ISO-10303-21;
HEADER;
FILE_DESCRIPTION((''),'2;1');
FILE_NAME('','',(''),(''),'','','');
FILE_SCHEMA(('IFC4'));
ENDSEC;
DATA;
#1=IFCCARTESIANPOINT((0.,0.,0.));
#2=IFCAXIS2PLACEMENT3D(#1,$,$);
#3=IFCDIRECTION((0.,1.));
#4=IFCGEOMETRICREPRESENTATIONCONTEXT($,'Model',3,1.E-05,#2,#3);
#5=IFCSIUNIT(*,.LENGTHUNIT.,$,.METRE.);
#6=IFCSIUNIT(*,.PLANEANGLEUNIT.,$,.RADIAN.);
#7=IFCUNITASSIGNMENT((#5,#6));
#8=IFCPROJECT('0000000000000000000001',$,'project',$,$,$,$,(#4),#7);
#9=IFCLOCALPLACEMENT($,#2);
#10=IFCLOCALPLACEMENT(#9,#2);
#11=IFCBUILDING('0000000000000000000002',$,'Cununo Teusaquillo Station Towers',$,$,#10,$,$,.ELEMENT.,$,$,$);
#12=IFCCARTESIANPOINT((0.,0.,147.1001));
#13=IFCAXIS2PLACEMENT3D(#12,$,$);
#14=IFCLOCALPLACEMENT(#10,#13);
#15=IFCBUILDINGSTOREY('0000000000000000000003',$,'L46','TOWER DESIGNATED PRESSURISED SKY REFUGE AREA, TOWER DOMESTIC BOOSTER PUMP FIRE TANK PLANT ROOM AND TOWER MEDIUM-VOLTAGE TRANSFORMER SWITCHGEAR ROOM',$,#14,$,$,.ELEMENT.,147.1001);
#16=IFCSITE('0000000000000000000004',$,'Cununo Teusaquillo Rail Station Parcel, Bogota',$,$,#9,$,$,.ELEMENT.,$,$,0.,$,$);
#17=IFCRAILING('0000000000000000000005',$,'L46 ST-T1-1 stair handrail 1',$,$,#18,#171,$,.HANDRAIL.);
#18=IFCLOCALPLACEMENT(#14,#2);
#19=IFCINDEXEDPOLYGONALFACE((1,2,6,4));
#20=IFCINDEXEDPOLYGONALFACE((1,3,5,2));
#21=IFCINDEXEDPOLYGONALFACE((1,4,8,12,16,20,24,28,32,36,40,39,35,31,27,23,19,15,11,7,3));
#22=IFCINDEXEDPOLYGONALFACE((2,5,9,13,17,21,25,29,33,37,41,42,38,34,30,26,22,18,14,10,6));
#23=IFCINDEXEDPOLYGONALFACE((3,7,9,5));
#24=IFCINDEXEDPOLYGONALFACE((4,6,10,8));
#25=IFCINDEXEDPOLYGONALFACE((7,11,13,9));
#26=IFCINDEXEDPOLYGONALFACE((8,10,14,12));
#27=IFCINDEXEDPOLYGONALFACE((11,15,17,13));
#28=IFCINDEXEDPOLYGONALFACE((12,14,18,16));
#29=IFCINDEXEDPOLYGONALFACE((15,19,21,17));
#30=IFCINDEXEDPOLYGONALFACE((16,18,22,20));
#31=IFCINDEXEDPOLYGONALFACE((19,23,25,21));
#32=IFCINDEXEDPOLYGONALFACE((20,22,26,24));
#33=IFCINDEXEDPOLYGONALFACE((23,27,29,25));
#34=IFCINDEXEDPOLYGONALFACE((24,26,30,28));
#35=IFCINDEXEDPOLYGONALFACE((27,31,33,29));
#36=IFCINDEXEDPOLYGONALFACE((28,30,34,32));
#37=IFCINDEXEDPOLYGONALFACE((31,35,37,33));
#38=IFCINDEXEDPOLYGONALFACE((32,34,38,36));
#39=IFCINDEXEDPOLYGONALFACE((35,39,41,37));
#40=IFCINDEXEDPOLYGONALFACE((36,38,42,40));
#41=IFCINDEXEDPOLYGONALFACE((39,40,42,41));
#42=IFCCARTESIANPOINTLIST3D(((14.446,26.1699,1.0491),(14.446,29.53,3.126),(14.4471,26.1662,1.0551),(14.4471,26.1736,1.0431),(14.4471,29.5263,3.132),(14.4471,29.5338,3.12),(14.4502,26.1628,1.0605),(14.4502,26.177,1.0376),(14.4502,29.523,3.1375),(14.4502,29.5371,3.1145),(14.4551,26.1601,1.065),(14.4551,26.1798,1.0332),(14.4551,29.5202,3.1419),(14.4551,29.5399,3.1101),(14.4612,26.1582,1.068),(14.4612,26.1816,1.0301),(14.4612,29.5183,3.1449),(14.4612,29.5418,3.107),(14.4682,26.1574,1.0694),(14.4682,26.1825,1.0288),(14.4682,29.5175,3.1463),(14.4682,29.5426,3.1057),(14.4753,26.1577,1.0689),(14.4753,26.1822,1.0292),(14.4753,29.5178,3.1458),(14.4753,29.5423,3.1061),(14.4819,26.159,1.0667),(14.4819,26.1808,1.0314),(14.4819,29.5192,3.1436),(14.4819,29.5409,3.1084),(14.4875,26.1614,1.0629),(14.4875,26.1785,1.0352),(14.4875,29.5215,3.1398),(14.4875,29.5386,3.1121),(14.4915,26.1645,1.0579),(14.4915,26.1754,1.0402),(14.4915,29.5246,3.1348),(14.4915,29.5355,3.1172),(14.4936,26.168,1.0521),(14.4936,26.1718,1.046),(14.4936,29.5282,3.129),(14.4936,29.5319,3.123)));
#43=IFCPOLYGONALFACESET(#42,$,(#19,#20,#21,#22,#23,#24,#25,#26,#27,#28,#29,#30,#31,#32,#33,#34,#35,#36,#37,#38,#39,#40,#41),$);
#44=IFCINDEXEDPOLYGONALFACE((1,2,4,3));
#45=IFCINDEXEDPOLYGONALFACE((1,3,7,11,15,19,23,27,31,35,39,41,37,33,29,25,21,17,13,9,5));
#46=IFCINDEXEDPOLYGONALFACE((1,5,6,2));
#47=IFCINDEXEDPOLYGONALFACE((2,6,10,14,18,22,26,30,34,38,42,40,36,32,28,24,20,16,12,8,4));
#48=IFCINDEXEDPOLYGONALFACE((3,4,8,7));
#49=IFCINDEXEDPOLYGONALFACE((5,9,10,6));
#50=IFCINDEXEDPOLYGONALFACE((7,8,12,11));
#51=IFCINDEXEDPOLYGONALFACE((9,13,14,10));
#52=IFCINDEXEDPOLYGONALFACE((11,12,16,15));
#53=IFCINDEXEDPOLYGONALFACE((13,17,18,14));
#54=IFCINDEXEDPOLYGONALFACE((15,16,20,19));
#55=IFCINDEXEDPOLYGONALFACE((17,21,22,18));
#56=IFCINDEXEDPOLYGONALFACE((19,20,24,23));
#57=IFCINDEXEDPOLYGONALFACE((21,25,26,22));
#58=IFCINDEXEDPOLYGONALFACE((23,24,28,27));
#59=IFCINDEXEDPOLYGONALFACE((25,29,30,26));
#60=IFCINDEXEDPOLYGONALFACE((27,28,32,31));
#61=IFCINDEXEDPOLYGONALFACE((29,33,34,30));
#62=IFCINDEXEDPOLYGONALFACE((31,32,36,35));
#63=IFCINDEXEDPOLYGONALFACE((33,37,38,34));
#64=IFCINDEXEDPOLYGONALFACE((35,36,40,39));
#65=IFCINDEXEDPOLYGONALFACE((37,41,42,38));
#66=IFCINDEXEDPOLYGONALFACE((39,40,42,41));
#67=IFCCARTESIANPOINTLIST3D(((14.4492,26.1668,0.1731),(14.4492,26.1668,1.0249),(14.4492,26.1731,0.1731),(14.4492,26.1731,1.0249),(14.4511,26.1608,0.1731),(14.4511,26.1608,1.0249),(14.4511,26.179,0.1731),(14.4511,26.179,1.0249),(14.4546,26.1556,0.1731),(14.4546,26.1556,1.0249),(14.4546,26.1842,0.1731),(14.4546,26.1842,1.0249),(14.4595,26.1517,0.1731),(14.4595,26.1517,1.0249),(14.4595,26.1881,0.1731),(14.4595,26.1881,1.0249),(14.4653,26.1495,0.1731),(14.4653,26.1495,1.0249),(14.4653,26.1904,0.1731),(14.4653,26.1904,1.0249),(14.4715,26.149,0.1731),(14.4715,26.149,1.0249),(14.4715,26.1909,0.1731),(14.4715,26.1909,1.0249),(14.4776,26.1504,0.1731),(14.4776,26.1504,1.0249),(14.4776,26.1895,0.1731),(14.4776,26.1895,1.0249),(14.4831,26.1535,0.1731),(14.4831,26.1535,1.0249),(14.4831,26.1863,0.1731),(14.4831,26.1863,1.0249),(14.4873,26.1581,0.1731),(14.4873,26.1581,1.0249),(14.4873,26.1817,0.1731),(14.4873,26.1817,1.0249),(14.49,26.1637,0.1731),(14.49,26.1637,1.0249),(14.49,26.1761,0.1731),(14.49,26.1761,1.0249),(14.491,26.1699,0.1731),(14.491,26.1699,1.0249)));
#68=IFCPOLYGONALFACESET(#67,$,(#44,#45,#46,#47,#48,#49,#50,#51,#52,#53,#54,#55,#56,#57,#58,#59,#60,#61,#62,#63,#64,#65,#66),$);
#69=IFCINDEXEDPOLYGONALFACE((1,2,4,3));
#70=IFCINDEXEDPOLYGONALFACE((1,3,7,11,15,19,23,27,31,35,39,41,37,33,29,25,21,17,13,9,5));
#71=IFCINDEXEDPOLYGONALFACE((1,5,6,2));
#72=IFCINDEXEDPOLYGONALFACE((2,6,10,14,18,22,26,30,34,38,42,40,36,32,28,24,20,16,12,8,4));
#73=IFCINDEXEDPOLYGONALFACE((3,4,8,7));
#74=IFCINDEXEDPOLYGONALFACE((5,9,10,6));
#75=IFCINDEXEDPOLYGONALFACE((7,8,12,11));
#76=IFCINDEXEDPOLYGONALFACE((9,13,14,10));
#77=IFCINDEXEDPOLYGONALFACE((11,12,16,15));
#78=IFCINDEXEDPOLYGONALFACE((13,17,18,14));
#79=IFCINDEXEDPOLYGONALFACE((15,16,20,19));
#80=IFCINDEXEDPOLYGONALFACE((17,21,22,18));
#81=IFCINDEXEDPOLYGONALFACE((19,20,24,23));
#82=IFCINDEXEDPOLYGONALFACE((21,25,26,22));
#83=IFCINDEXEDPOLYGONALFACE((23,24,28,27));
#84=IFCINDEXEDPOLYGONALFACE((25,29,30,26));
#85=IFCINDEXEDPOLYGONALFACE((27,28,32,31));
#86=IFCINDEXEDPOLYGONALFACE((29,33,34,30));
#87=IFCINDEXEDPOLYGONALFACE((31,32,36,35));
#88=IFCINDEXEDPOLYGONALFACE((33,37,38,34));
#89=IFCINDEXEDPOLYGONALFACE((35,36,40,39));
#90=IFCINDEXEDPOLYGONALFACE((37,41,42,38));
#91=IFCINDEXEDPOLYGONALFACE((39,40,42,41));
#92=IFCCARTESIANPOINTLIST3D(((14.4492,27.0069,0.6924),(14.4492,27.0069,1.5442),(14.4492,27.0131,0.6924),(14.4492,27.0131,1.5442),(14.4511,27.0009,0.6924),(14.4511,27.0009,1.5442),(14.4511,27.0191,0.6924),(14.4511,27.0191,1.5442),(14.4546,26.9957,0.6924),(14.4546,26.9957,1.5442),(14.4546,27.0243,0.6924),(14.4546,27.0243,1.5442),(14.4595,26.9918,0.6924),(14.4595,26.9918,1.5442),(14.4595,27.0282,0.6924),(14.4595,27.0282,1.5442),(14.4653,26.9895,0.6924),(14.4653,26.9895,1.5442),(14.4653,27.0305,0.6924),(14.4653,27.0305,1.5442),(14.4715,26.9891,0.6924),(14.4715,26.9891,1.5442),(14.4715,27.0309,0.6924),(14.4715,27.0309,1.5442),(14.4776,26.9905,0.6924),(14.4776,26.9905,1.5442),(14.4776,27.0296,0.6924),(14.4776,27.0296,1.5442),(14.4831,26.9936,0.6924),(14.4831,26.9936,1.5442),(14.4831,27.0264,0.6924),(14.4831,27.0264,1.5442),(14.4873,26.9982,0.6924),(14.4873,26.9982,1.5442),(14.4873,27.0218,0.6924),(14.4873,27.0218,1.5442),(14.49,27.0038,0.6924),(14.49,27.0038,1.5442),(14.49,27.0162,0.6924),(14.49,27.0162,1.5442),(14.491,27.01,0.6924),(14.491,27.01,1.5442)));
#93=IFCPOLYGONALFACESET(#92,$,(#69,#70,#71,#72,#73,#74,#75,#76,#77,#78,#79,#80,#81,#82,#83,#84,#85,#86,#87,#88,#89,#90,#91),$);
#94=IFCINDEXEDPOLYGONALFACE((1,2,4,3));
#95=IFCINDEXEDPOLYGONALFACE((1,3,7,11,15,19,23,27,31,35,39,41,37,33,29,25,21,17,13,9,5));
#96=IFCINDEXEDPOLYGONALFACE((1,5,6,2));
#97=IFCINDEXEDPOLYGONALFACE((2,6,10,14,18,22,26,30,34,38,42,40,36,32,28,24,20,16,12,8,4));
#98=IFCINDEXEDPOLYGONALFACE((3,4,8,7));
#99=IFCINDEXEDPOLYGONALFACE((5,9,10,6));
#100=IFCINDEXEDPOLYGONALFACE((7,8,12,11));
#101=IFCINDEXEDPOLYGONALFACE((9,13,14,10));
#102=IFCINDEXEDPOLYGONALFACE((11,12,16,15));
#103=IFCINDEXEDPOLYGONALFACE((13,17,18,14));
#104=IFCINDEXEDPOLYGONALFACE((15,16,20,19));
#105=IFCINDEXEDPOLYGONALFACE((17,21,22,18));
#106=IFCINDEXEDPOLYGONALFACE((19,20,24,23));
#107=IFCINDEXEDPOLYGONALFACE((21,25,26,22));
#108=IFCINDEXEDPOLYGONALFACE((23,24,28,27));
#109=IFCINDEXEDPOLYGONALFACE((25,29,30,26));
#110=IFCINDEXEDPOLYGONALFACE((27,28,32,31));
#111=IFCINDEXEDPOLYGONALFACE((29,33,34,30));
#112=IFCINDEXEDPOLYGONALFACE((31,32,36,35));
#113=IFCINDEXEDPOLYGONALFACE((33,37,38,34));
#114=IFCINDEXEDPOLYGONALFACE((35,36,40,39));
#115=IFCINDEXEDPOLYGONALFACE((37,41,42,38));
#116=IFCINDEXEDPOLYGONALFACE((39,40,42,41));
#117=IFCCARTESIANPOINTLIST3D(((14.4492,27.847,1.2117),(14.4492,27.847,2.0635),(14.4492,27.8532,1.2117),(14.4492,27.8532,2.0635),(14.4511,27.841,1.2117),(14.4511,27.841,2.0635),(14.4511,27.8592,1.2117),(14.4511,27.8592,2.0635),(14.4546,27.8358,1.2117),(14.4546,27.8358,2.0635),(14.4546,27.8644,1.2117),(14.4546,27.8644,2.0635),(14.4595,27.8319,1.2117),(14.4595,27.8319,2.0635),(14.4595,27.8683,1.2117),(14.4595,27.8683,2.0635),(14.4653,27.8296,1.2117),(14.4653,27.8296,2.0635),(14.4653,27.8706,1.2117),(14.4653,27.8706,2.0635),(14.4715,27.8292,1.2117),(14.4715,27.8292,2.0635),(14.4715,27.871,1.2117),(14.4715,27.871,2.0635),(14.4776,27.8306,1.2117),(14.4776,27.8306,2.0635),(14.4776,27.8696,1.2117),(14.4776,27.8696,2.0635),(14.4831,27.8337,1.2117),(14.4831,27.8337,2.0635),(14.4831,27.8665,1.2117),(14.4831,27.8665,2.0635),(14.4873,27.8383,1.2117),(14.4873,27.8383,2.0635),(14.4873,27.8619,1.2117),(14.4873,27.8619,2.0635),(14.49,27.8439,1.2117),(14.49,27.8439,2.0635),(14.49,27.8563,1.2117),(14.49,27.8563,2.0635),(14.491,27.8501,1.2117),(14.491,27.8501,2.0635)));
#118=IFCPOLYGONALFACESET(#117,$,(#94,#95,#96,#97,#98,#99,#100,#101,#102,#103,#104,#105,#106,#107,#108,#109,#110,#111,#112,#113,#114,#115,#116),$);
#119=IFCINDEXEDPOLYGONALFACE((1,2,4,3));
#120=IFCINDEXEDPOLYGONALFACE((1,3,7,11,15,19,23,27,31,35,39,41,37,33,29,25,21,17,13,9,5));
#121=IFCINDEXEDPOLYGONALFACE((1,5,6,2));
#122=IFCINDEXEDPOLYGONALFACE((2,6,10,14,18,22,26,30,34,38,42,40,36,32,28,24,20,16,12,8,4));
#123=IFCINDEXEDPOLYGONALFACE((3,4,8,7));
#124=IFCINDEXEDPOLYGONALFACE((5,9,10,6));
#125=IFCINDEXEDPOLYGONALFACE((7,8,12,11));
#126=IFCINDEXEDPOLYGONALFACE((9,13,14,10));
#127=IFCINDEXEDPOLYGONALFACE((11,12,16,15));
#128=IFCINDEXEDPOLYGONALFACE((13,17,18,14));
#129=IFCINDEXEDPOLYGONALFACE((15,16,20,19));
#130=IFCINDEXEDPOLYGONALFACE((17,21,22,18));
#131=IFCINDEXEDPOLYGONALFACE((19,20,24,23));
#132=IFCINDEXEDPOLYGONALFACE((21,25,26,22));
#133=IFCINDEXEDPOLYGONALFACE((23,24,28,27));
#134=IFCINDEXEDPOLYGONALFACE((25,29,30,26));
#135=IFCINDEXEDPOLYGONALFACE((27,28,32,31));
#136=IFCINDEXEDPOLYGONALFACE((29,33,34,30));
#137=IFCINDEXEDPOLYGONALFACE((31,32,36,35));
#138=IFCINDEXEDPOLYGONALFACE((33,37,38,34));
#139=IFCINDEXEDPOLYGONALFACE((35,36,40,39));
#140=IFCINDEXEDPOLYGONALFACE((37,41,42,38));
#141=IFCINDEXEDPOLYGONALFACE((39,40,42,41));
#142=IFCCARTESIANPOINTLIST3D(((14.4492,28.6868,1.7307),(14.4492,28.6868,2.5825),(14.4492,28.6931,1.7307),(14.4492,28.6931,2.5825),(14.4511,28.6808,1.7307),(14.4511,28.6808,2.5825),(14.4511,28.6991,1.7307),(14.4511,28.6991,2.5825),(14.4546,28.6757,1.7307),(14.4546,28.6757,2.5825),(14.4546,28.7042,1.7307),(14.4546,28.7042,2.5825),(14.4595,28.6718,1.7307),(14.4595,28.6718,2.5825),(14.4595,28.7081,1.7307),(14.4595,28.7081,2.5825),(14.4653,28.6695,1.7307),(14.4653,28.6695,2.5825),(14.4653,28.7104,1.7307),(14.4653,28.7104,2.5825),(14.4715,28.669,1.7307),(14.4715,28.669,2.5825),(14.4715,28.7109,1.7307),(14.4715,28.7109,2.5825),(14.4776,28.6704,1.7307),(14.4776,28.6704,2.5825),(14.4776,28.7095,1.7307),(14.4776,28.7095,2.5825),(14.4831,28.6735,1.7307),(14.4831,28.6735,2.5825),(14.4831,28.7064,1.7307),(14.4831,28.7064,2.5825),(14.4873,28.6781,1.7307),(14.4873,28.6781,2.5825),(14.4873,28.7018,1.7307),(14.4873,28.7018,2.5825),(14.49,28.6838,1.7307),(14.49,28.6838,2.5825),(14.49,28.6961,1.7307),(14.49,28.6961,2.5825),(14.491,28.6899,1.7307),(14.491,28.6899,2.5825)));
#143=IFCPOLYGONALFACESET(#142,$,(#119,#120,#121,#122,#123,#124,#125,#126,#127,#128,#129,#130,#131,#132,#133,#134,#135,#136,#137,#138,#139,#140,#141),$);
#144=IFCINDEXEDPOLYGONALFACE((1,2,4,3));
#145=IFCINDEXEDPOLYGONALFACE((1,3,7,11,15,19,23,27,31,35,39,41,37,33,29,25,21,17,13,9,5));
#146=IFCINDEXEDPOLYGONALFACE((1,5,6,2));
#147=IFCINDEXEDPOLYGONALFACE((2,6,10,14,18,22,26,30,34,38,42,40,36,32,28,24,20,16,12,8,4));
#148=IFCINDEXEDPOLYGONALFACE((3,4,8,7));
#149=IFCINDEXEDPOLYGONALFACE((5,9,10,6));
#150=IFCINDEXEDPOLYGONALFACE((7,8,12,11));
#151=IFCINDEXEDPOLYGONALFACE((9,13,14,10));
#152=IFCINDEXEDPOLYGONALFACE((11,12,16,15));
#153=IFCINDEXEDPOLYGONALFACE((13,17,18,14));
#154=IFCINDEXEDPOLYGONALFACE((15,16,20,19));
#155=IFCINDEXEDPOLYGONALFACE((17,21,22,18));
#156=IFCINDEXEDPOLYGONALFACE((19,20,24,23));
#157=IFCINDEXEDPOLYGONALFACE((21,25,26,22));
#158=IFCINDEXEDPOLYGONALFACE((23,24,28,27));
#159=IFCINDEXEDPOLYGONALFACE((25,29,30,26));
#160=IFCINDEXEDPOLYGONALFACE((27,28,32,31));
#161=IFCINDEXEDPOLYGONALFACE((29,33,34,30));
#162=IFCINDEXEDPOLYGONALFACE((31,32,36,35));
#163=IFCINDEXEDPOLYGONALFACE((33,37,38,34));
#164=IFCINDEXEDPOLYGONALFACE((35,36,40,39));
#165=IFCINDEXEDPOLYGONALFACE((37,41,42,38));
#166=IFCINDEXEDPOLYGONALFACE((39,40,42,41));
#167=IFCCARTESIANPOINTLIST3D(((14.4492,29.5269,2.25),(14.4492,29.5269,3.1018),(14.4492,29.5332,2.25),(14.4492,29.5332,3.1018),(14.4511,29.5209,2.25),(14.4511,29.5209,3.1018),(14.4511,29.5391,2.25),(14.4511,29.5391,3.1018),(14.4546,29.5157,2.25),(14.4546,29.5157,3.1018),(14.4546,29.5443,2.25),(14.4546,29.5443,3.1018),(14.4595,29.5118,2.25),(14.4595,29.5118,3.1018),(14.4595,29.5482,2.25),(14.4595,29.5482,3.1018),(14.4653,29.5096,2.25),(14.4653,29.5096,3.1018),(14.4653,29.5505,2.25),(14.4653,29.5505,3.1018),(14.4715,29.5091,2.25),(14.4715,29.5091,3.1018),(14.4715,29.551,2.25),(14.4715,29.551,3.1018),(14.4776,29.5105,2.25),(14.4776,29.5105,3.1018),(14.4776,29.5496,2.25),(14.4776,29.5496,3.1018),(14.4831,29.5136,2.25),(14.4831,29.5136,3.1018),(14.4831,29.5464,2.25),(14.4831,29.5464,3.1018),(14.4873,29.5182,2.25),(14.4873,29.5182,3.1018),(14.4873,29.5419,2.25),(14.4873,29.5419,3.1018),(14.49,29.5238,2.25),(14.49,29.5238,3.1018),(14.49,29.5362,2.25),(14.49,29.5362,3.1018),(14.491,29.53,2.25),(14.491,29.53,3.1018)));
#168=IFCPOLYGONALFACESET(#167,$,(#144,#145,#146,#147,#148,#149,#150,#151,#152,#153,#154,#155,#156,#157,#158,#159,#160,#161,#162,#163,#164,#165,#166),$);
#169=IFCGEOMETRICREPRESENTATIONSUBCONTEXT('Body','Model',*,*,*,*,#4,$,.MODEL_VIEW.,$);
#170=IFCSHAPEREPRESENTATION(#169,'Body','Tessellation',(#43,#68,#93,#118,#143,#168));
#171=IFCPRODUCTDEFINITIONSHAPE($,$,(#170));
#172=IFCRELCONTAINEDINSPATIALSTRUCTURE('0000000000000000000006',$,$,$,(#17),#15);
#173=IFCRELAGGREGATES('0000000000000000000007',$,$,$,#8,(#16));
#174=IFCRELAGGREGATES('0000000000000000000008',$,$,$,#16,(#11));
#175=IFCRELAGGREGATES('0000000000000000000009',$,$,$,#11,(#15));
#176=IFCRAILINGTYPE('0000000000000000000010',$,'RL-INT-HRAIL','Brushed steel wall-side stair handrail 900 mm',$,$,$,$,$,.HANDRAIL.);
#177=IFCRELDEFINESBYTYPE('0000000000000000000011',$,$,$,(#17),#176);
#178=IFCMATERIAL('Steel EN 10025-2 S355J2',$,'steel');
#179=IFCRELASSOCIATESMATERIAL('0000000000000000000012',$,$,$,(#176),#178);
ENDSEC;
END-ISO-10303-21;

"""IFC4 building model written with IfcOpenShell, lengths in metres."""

from ifc_helpers import new_model, si_unit, direction, frame, origin, origin_2d, place, context, subcontext, project, spatial, circle, extrude, material, type_object, element, save


model = new_model("IFC4")

# Units and contexts
model_context = context("Model", 3, precision=1e-05, world=origin(), true_north=direction((0.0, 1.0)))
body_context = subcontext(model_context, "Body", "Model", "MODEL_VIEW")
ifc_project = project(units=[si_unit("LENGTHUNIT", "METRE"), si_unit("PLANEANGLEUNIT", "RADIAN")], contexts=[model_context])

# Site, building, storey
site_placement = place(None, origin())
site = spatial("IfcSite", under=ifc_project, at=site_placement, Name="Cununo Teusaquillo Rail Station Parcel, Bogota", CompositionType="ELEMENT", RefElevation=0.0)
building_placement = place(site_placement, origin())
building = spatial("IfcBuilding", under=site, at=building_placement, Name="Cununo Teusaquillo Station Towers", CompositionType="ELEMENT")
storey_placement = place(building_placement, frame((0.0, 0.0, 147.1001)))
storey = spatial("IfcBuildingStorey", under=building, at=storey_placement, Name="L46", Description="TOWER DESIGNATED PRESSURISED SKY REFUGE AREA, TOWER DOMESTIC BOOSTER PUMP FIRE TANK PLANT ROOM AND TOWER MEDIUM-VOLTAGE TRANSFORMER SWITCHGEAR ROOM", CompositionType="ELEMENT", Elevation=147.1001)

# Railing
ifc_material_1 = material(Name="Steel EN 10025-2 S355J2", Category="steel")
railing_type_1 = type_object("IfcRailingType", Name="RL-INT-HRAIL", Description="Brushed steel wall-side stair handrail 900 mm", PredefinedType="HANDRAIL", material=ifc_material_1)
railing_1_placement = place(storey_placement, frame((14.47, 26.1699, 0.1731)))
element("IfcRailing", 1, at=railing_1_placement, inside=storey, type_object=railing_type_1, Name="L46 ST-T1-1 stair handrail 1", PredefinedType="HANDRAIL", context=body_context, shape_type="SweptSolid", body=[
    extrude(circle(Radius=0.0239, at=origin_2d()), frame((0.0, 0.0, 0.876), z_axis=(0.0, 0.850623, 0.525776), x_axis=(-1.0, 0.0, 0.0)), (0.0, 0.0, 1.0), 3.9502),
    extrude(circle(Radius=0.021, at=origin_2d()), origin(), (0.0, 0.0, 1.0), 0.8518),
    extrude(circle(Radius=0.021, at=origin_2d()), frame((0.0, 0.8401, 0.5193)), (0.0, 0.0, 1.0), 0.8518),
    extrude(circle(Radius=0.021, at=origin_2d()), frame((0.0, 1.6802, 1.0386)), (0.0, 0.0, 1.0), 0.8518),
    extrude(circle(Radius=0.021, at=origin_2d()), frame((0.0, 2.52, 1.5576)), (0.0, 0.0, 1.0), 0.8518),
    extrude(circle(Radius=0.021, at=origin_2d()), frame((0.0, 3.3601, 2.0769)), (0.0, 0.0, 1.0), 0.8518),
])

save(model, "model.ifc")
